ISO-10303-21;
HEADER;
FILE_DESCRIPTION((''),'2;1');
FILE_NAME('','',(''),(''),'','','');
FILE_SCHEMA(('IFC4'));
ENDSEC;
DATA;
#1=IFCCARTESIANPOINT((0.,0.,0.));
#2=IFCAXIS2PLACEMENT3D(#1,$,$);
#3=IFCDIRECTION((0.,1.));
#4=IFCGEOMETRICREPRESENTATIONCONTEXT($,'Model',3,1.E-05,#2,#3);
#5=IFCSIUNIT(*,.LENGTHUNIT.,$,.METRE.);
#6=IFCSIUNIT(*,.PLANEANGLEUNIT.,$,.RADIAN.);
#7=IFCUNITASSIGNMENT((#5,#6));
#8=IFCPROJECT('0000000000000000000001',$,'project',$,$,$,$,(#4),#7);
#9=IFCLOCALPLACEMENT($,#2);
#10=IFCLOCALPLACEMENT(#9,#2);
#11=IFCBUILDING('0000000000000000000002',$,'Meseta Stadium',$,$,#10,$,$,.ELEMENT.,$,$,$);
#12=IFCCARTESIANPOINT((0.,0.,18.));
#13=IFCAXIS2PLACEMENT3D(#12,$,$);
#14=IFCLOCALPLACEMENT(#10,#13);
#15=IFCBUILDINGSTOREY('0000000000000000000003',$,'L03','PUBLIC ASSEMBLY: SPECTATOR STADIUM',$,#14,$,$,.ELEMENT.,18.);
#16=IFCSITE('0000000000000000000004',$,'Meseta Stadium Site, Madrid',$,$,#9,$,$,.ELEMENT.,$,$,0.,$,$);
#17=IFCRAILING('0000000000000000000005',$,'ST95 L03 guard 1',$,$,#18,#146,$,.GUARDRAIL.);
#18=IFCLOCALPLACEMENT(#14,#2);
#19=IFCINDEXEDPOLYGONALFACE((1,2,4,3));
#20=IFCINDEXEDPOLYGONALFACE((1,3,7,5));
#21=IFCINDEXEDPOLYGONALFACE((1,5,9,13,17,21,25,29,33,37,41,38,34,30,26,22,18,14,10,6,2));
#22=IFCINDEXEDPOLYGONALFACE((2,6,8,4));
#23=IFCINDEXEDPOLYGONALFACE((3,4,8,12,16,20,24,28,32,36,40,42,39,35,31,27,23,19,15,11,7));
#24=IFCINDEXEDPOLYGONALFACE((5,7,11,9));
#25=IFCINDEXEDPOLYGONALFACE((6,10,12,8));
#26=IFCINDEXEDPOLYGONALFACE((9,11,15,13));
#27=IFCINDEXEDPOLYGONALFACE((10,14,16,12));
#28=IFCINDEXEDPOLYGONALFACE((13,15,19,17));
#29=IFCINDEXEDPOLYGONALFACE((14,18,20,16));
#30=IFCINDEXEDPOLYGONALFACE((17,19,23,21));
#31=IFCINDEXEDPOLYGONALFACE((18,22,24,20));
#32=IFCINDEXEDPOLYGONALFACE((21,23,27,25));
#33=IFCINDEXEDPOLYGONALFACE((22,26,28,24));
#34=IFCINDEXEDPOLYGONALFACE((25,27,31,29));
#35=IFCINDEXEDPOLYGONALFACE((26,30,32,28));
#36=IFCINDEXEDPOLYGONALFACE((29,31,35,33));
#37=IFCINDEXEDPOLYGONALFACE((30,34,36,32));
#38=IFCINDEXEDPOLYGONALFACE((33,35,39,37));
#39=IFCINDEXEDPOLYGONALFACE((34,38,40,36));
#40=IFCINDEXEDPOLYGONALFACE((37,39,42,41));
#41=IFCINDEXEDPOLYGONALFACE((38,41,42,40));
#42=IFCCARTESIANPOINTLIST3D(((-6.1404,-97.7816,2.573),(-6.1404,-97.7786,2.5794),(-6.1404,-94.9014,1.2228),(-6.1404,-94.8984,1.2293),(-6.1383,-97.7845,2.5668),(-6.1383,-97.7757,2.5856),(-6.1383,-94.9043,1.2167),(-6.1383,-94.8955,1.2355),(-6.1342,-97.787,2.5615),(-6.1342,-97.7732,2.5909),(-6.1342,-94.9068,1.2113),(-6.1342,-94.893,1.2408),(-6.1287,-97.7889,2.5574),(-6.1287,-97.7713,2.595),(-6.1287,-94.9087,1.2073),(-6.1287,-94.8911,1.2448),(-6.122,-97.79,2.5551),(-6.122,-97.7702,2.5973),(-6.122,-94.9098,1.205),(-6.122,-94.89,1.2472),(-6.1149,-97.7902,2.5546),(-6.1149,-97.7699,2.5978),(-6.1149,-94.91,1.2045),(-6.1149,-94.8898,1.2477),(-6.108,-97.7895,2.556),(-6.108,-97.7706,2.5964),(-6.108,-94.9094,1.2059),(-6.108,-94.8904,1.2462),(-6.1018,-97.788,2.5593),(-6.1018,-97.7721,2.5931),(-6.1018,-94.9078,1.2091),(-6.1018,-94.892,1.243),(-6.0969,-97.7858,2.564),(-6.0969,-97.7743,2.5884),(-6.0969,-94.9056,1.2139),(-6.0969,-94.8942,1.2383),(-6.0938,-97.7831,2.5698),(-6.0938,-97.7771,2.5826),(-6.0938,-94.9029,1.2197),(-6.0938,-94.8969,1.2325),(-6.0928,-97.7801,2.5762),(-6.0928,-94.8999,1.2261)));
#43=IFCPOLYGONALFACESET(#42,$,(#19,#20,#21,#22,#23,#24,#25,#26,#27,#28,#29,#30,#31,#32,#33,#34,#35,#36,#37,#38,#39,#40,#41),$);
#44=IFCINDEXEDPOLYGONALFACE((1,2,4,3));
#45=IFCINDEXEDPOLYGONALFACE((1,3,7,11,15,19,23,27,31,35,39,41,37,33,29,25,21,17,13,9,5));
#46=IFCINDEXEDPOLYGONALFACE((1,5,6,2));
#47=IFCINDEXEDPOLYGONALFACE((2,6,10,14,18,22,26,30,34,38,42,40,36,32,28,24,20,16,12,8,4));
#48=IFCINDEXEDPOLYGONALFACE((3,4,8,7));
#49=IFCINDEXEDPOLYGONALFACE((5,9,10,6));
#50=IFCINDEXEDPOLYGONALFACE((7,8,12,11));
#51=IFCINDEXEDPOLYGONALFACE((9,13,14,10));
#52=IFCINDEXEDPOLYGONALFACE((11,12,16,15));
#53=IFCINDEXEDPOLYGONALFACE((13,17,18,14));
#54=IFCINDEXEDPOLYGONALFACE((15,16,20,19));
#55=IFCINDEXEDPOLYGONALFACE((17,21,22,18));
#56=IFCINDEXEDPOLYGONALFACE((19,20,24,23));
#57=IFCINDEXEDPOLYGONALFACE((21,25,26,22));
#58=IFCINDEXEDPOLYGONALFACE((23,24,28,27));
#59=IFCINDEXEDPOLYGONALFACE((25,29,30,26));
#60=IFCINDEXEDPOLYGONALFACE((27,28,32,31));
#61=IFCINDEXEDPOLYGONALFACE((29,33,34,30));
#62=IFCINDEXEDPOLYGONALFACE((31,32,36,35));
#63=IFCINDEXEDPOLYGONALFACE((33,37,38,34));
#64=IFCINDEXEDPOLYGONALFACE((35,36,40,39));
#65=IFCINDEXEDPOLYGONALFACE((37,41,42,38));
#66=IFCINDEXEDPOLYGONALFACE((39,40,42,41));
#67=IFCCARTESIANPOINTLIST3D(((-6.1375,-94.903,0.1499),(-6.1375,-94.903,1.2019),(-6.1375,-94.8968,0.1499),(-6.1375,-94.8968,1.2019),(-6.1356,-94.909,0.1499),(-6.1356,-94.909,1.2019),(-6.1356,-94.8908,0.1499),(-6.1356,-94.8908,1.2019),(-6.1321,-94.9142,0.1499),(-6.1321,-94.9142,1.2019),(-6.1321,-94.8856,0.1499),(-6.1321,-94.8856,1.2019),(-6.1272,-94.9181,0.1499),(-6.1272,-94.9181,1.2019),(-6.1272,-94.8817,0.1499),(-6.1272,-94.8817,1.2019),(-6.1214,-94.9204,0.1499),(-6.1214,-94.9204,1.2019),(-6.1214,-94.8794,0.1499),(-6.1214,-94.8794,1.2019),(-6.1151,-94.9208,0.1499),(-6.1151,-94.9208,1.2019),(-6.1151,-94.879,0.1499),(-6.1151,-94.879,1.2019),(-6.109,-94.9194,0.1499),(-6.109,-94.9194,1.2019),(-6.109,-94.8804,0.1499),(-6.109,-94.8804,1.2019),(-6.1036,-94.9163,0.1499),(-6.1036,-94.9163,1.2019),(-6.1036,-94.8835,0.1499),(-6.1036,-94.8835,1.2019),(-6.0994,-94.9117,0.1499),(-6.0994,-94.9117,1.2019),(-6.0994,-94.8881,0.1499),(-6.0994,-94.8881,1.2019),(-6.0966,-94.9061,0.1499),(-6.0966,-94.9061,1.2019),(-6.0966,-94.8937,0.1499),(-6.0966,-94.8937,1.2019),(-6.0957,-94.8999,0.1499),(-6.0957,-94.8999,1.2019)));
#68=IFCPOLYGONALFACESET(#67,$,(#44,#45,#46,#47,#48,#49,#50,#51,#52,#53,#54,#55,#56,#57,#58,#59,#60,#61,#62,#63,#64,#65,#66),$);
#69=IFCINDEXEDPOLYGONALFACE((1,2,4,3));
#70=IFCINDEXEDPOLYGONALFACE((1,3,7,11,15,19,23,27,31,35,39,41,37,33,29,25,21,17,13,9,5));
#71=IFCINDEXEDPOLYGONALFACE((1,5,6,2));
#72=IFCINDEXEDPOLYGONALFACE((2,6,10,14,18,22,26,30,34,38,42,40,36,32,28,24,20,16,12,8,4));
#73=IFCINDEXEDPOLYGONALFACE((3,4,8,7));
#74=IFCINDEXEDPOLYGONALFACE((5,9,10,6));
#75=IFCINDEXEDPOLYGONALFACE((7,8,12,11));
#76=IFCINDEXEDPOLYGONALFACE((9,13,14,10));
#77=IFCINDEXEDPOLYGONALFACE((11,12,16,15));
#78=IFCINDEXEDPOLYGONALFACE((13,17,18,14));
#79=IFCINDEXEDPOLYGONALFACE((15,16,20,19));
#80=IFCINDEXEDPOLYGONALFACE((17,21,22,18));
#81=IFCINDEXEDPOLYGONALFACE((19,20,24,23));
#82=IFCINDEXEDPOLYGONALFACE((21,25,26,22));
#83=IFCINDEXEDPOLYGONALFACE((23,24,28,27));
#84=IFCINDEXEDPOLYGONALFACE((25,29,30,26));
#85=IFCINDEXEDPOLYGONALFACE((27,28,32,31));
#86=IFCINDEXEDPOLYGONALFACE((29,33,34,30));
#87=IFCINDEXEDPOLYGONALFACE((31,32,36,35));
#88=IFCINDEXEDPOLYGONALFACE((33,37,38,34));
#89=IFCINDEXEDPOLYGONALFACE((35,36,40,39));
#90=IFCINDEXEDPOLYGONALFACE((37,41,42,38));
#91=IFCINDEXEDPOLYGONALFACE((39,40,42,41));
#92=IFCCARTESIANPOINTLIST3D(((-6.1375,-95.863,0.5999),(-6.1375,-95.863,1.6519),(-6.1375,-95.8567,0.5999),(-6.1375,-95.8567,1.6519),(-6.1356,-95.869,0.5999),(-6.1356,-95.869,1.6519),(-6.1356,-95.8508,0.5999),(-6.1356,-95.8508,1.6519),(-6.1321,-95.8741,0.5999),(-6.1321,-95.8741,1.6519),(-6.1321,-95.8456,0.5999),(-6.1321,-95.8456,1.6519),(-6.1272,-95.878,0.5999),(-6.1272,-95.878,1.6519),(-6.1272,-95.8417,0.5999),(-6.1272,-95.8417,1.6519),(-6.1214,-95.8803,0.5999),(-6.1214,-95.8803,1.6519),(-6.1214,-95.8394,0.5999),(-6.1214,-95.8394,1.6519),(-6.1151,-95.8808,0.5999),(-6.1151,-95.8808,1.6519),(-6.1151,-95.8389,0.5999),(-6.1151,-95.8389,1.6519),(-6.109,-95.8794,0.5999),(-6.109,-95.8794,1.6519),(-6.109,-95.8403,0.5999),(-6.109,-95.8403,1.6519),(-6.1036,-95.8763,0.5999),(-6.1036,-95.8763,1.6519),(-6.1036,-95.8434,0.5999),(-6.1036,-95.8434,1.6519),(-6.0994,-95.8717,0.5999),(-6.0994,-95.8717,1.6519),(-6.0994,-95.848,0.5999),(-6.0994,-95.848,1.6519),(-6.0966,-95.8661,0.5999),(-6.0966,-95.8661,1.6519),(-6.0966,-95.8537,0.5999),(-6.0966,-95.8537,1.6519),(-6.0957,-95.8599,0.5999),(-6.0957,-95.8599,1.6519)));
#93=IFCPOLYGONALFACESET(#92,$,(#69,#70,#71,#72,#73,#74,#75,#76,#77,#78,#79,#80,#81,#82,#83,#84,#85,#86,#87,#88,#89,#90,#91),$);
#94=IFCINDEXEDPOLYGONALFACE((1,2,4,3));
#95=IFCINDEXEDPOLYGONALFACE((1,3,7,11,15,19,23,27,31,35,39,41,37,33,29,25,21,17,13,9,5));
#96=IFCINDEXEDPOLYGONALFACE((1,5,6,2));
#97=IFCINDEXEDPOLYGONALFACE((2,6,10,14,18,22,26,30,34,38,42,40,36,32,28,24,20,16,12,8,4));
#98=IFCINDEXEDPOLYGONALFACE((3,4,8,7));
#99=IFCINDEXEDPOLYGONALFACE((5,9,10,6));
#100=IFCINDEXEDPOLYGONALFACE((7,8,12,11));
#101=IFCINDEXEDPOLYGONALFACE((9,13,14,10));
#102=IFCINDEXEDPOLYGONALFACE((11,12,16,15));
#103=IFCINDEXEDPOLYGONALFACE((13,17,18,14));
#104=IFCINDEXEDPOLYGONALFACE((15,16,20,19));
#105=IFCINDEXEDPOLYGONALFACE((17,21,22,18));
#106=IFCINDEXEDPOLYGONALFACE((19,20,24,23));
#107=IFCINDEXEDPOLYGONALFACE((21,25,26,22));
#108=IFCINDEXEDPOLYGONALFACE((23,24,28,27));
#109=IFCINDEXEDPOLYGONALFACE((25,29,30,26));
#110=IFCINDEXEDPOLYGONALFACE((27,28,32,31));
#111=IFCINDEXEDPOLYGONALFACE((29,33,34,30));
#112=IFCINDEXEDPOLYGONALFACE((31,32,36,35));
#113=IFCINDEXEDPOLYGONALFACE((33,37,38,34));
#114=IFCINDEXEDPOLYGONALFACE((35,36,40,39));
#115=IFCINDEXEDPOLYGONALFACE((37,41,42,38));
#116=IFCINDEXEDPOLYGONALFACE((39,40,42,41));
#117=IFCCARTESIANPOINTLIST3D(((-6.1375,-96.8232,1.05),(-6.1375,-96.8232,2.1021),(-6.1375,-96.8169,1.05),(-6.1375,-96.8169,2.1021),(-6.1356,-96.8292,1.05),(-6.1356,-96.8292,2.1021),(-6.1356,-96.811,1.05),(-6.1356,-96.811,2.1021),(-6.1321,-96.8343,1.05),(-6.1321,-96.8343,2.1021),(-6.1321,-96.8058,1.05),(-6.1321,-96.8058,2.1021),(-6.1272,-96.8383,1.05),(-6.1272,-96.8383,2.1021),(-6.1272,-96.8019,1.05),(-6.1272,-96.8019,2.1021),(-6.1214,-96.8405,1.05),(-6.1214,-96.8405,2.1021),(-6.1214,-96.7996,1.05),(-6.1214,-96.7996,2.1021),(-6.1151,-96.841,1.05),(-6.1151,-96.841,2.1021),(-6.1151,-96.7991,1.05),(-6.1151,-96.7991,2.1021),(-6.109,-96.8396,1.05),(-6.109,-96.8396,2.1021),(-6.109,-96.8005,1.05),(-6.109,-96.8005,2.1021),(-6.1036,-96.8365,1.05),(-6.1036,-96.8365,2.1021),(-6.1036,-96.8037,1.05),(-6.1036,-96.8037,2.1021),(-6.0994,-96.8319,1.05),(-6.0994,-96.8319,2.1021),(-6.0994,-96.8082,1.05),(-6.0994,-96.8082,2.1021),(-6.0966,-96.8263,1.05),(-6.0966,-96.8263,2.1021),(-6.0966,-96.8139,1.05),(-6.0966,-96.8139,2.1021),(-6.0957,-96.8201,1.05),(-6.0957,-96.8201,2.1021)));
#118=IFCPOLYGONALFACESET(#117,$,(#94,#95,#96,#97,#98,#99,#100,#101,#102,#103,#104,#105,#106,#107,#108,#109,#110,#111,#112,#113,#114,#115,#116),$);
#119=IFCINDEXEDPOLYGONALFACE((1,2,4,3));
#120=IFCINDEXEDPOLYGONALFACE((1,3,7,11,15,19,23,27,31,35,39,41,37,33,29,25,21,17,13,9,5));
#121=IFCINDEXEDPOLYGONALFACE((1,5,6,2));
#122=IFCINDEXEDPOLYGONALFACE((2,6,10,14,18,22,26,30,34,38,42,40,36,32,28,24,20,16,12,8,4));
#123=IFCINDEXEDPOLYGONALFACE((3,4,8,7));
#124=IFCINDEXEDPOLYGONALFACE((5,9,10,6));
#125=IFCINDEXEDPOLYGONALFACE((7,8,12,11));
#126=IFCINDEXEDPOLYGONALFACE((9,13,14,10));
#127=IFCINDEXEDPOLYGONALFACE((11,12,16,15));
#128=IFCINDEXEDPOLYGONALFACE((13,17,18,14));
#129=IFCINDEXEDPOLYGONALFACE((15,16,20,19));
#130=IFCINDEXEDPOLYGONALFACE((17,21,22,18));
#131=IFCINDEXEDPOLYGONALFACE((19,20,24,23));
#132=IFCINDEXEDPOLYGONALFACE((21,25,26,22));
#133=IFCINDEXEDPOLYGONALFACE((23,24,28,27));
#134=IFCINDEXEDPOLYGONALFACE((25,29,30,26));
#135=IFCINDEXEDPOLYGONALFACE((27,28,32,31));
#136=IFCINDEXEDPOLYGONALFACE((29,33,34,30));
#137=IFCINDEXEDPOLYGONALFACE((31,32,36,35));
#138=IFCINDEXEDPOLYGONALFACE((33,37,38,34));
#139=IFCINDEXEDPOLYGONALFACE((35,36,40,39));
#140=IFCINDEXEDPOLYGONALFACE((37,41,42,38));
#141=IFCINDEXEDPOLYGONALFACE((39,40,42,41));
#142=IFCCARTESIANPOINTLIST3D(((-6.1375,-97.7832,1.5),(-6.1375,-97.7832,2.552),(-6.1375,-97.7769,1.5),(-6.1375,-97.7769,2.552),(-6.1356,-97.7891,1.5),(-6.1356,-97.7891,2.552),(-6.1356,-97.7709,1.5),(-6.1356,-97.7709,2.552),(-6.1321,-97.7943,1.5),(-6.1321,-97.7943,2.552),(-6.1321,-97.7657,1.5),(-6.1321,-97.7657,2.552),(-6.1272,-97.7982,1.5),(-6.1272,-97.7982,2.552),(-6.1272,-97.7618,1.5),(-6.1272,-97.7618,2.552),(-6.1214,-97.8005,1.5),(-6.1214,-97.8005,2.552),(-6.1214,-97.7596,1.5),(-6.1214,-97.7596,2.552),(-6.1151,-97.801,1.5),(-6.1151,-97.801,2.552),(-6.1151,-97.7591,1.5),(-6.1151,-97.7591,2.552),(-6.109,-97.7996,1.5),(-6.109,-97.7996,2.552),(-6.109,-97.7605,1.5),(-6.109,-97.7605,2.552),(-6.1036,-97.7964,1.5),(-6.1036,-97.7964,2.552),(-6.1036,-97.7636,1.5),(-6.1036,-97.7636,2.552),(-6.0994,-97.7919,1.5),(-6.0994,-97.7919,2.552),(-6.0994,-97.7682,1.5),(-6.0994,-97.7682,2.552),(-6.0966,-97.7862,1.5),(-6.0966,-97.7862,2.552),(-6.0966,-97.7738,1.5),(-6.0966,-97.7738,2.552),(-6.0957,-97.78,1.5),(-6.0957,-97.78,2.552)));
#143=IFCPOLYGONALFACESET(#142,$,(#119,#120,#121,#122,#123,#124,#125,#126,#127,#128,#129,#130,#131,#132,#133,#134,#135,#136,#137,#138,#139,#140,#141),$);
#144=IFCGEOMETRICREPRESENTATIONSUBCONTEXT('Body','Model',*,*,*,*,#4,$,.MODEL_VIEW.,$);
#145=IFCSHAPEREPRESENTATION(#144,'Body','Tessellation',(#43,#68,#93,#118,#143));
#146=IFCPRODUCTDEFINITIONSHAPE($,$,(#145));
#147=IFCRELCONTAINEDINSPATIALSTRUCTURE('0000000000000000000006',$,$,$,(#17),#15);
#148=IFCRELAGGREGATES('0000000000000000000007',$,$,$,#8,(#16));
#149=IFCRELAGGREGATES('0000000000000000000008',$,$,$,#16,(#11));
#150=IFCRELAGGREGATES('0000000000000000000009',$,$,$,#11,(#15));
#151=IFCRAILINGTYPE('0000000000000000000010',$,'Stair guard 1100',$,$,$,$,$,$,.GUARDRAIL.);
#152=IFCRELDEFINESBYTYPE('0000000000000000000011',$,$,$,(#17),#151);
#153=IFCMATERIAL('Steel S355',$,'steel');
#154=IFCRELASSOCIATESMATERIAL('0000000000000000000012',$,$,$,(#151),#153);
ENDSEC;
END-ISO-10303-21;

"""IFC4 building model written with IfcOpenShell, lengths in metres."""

from ifc_helpers import new_model, si_unit, direction, frame, origin, origin_2d, place, context, subcontext, project, spatial, circle, extrude, material, type_object, element, save


model = new_model("IFC4")

# Units and contexts
model_context = context("Model", 3, precision=1e-05, world=origin(), true_north=direction((0.0, 1.0)))
body_context = subcontext(model_context, "Body", "Model", "MODEL_VIEW")
ifc_project = project(units=[si_unit("LENGTHUNIT", "METRE"), si_unit("PLANEANGLEUNIT", "RADIAN")], contexts=[model_context])

# Site, building, storey
site_placement = place(None, origin())
site = spatial("IfcSite", under=ifc_project, at=site_placement, Name="Meseta Stadium Site, Madrid", CompositionType="ELEMENT", RefElevation=0.0)
building_placement = place(site_placement, origin())
building = spatial("IfcBuilding", under=site, at=building_placement, Name="Meseta Stadium", CompositionType="ELEMENT")
storey_placement = place(building_placement, frame((0.0, 0.0, 18.0)))
storey = spatial("IfcBuildingStorey", under=building, at=storey_placement, Name="L03", Description="PUBLIC ASSEMBLY: SPECTATOR STADIUM", CompositionType="ELEMENT", Elevation=18.0)

# Railing
ifc_material_1 = material(Name="Steel S355", Category="steel")
railing_type_1 = type_object("IfcRailingType", Name="Stair guard 1100", PredefinedType="GUARDRAIL", material=ifc_material_1)
railing_1_placement = place(storey_placement, frame((-6.1167, -94.8999, 0.1499)))
element("IfcRailing", 1, at=railing_1_placement, inside=storey, type_object=railing_type_1, Name="ST95 L03 guard 1", PredefinedType="GUARDRAIL", context=body_context, shape_type="SweptSolid", body=[
    extrude(circle(Radius=0.0239, at=origin_2d()), frame((0.0, 0.0, 1.0762), z_axis=(0.0, -0.905454, 0.424444), x_axis=(1.0, 0.0, 0.0)), (0.0, 0.0, 1.0), 3.1809),
    extrude(circle(Radius=0.021, at=origin_2d()), origin(), (0.0, 0.0, 1.0), 1.052),
    extrude(circle(Radius=0.021, at=origin_2d()), frame((0.0, -0.96, 0.45)), (0.0, 0.0, 1.0), 1.052),
    extrude(circle(Radius=0.021, at=origin_2d()), frame((0.0, -1.9202, 0.9001)), (0.0, 0.0, 1.0), 1.052),
    extrude(circle(Radius=0.021, at=origin_2d()), frame((0.0, -2.8801, 1.3501)), (0.0, 0.0, 1.0), 1.052),
])

save(model, "model.ifc")
